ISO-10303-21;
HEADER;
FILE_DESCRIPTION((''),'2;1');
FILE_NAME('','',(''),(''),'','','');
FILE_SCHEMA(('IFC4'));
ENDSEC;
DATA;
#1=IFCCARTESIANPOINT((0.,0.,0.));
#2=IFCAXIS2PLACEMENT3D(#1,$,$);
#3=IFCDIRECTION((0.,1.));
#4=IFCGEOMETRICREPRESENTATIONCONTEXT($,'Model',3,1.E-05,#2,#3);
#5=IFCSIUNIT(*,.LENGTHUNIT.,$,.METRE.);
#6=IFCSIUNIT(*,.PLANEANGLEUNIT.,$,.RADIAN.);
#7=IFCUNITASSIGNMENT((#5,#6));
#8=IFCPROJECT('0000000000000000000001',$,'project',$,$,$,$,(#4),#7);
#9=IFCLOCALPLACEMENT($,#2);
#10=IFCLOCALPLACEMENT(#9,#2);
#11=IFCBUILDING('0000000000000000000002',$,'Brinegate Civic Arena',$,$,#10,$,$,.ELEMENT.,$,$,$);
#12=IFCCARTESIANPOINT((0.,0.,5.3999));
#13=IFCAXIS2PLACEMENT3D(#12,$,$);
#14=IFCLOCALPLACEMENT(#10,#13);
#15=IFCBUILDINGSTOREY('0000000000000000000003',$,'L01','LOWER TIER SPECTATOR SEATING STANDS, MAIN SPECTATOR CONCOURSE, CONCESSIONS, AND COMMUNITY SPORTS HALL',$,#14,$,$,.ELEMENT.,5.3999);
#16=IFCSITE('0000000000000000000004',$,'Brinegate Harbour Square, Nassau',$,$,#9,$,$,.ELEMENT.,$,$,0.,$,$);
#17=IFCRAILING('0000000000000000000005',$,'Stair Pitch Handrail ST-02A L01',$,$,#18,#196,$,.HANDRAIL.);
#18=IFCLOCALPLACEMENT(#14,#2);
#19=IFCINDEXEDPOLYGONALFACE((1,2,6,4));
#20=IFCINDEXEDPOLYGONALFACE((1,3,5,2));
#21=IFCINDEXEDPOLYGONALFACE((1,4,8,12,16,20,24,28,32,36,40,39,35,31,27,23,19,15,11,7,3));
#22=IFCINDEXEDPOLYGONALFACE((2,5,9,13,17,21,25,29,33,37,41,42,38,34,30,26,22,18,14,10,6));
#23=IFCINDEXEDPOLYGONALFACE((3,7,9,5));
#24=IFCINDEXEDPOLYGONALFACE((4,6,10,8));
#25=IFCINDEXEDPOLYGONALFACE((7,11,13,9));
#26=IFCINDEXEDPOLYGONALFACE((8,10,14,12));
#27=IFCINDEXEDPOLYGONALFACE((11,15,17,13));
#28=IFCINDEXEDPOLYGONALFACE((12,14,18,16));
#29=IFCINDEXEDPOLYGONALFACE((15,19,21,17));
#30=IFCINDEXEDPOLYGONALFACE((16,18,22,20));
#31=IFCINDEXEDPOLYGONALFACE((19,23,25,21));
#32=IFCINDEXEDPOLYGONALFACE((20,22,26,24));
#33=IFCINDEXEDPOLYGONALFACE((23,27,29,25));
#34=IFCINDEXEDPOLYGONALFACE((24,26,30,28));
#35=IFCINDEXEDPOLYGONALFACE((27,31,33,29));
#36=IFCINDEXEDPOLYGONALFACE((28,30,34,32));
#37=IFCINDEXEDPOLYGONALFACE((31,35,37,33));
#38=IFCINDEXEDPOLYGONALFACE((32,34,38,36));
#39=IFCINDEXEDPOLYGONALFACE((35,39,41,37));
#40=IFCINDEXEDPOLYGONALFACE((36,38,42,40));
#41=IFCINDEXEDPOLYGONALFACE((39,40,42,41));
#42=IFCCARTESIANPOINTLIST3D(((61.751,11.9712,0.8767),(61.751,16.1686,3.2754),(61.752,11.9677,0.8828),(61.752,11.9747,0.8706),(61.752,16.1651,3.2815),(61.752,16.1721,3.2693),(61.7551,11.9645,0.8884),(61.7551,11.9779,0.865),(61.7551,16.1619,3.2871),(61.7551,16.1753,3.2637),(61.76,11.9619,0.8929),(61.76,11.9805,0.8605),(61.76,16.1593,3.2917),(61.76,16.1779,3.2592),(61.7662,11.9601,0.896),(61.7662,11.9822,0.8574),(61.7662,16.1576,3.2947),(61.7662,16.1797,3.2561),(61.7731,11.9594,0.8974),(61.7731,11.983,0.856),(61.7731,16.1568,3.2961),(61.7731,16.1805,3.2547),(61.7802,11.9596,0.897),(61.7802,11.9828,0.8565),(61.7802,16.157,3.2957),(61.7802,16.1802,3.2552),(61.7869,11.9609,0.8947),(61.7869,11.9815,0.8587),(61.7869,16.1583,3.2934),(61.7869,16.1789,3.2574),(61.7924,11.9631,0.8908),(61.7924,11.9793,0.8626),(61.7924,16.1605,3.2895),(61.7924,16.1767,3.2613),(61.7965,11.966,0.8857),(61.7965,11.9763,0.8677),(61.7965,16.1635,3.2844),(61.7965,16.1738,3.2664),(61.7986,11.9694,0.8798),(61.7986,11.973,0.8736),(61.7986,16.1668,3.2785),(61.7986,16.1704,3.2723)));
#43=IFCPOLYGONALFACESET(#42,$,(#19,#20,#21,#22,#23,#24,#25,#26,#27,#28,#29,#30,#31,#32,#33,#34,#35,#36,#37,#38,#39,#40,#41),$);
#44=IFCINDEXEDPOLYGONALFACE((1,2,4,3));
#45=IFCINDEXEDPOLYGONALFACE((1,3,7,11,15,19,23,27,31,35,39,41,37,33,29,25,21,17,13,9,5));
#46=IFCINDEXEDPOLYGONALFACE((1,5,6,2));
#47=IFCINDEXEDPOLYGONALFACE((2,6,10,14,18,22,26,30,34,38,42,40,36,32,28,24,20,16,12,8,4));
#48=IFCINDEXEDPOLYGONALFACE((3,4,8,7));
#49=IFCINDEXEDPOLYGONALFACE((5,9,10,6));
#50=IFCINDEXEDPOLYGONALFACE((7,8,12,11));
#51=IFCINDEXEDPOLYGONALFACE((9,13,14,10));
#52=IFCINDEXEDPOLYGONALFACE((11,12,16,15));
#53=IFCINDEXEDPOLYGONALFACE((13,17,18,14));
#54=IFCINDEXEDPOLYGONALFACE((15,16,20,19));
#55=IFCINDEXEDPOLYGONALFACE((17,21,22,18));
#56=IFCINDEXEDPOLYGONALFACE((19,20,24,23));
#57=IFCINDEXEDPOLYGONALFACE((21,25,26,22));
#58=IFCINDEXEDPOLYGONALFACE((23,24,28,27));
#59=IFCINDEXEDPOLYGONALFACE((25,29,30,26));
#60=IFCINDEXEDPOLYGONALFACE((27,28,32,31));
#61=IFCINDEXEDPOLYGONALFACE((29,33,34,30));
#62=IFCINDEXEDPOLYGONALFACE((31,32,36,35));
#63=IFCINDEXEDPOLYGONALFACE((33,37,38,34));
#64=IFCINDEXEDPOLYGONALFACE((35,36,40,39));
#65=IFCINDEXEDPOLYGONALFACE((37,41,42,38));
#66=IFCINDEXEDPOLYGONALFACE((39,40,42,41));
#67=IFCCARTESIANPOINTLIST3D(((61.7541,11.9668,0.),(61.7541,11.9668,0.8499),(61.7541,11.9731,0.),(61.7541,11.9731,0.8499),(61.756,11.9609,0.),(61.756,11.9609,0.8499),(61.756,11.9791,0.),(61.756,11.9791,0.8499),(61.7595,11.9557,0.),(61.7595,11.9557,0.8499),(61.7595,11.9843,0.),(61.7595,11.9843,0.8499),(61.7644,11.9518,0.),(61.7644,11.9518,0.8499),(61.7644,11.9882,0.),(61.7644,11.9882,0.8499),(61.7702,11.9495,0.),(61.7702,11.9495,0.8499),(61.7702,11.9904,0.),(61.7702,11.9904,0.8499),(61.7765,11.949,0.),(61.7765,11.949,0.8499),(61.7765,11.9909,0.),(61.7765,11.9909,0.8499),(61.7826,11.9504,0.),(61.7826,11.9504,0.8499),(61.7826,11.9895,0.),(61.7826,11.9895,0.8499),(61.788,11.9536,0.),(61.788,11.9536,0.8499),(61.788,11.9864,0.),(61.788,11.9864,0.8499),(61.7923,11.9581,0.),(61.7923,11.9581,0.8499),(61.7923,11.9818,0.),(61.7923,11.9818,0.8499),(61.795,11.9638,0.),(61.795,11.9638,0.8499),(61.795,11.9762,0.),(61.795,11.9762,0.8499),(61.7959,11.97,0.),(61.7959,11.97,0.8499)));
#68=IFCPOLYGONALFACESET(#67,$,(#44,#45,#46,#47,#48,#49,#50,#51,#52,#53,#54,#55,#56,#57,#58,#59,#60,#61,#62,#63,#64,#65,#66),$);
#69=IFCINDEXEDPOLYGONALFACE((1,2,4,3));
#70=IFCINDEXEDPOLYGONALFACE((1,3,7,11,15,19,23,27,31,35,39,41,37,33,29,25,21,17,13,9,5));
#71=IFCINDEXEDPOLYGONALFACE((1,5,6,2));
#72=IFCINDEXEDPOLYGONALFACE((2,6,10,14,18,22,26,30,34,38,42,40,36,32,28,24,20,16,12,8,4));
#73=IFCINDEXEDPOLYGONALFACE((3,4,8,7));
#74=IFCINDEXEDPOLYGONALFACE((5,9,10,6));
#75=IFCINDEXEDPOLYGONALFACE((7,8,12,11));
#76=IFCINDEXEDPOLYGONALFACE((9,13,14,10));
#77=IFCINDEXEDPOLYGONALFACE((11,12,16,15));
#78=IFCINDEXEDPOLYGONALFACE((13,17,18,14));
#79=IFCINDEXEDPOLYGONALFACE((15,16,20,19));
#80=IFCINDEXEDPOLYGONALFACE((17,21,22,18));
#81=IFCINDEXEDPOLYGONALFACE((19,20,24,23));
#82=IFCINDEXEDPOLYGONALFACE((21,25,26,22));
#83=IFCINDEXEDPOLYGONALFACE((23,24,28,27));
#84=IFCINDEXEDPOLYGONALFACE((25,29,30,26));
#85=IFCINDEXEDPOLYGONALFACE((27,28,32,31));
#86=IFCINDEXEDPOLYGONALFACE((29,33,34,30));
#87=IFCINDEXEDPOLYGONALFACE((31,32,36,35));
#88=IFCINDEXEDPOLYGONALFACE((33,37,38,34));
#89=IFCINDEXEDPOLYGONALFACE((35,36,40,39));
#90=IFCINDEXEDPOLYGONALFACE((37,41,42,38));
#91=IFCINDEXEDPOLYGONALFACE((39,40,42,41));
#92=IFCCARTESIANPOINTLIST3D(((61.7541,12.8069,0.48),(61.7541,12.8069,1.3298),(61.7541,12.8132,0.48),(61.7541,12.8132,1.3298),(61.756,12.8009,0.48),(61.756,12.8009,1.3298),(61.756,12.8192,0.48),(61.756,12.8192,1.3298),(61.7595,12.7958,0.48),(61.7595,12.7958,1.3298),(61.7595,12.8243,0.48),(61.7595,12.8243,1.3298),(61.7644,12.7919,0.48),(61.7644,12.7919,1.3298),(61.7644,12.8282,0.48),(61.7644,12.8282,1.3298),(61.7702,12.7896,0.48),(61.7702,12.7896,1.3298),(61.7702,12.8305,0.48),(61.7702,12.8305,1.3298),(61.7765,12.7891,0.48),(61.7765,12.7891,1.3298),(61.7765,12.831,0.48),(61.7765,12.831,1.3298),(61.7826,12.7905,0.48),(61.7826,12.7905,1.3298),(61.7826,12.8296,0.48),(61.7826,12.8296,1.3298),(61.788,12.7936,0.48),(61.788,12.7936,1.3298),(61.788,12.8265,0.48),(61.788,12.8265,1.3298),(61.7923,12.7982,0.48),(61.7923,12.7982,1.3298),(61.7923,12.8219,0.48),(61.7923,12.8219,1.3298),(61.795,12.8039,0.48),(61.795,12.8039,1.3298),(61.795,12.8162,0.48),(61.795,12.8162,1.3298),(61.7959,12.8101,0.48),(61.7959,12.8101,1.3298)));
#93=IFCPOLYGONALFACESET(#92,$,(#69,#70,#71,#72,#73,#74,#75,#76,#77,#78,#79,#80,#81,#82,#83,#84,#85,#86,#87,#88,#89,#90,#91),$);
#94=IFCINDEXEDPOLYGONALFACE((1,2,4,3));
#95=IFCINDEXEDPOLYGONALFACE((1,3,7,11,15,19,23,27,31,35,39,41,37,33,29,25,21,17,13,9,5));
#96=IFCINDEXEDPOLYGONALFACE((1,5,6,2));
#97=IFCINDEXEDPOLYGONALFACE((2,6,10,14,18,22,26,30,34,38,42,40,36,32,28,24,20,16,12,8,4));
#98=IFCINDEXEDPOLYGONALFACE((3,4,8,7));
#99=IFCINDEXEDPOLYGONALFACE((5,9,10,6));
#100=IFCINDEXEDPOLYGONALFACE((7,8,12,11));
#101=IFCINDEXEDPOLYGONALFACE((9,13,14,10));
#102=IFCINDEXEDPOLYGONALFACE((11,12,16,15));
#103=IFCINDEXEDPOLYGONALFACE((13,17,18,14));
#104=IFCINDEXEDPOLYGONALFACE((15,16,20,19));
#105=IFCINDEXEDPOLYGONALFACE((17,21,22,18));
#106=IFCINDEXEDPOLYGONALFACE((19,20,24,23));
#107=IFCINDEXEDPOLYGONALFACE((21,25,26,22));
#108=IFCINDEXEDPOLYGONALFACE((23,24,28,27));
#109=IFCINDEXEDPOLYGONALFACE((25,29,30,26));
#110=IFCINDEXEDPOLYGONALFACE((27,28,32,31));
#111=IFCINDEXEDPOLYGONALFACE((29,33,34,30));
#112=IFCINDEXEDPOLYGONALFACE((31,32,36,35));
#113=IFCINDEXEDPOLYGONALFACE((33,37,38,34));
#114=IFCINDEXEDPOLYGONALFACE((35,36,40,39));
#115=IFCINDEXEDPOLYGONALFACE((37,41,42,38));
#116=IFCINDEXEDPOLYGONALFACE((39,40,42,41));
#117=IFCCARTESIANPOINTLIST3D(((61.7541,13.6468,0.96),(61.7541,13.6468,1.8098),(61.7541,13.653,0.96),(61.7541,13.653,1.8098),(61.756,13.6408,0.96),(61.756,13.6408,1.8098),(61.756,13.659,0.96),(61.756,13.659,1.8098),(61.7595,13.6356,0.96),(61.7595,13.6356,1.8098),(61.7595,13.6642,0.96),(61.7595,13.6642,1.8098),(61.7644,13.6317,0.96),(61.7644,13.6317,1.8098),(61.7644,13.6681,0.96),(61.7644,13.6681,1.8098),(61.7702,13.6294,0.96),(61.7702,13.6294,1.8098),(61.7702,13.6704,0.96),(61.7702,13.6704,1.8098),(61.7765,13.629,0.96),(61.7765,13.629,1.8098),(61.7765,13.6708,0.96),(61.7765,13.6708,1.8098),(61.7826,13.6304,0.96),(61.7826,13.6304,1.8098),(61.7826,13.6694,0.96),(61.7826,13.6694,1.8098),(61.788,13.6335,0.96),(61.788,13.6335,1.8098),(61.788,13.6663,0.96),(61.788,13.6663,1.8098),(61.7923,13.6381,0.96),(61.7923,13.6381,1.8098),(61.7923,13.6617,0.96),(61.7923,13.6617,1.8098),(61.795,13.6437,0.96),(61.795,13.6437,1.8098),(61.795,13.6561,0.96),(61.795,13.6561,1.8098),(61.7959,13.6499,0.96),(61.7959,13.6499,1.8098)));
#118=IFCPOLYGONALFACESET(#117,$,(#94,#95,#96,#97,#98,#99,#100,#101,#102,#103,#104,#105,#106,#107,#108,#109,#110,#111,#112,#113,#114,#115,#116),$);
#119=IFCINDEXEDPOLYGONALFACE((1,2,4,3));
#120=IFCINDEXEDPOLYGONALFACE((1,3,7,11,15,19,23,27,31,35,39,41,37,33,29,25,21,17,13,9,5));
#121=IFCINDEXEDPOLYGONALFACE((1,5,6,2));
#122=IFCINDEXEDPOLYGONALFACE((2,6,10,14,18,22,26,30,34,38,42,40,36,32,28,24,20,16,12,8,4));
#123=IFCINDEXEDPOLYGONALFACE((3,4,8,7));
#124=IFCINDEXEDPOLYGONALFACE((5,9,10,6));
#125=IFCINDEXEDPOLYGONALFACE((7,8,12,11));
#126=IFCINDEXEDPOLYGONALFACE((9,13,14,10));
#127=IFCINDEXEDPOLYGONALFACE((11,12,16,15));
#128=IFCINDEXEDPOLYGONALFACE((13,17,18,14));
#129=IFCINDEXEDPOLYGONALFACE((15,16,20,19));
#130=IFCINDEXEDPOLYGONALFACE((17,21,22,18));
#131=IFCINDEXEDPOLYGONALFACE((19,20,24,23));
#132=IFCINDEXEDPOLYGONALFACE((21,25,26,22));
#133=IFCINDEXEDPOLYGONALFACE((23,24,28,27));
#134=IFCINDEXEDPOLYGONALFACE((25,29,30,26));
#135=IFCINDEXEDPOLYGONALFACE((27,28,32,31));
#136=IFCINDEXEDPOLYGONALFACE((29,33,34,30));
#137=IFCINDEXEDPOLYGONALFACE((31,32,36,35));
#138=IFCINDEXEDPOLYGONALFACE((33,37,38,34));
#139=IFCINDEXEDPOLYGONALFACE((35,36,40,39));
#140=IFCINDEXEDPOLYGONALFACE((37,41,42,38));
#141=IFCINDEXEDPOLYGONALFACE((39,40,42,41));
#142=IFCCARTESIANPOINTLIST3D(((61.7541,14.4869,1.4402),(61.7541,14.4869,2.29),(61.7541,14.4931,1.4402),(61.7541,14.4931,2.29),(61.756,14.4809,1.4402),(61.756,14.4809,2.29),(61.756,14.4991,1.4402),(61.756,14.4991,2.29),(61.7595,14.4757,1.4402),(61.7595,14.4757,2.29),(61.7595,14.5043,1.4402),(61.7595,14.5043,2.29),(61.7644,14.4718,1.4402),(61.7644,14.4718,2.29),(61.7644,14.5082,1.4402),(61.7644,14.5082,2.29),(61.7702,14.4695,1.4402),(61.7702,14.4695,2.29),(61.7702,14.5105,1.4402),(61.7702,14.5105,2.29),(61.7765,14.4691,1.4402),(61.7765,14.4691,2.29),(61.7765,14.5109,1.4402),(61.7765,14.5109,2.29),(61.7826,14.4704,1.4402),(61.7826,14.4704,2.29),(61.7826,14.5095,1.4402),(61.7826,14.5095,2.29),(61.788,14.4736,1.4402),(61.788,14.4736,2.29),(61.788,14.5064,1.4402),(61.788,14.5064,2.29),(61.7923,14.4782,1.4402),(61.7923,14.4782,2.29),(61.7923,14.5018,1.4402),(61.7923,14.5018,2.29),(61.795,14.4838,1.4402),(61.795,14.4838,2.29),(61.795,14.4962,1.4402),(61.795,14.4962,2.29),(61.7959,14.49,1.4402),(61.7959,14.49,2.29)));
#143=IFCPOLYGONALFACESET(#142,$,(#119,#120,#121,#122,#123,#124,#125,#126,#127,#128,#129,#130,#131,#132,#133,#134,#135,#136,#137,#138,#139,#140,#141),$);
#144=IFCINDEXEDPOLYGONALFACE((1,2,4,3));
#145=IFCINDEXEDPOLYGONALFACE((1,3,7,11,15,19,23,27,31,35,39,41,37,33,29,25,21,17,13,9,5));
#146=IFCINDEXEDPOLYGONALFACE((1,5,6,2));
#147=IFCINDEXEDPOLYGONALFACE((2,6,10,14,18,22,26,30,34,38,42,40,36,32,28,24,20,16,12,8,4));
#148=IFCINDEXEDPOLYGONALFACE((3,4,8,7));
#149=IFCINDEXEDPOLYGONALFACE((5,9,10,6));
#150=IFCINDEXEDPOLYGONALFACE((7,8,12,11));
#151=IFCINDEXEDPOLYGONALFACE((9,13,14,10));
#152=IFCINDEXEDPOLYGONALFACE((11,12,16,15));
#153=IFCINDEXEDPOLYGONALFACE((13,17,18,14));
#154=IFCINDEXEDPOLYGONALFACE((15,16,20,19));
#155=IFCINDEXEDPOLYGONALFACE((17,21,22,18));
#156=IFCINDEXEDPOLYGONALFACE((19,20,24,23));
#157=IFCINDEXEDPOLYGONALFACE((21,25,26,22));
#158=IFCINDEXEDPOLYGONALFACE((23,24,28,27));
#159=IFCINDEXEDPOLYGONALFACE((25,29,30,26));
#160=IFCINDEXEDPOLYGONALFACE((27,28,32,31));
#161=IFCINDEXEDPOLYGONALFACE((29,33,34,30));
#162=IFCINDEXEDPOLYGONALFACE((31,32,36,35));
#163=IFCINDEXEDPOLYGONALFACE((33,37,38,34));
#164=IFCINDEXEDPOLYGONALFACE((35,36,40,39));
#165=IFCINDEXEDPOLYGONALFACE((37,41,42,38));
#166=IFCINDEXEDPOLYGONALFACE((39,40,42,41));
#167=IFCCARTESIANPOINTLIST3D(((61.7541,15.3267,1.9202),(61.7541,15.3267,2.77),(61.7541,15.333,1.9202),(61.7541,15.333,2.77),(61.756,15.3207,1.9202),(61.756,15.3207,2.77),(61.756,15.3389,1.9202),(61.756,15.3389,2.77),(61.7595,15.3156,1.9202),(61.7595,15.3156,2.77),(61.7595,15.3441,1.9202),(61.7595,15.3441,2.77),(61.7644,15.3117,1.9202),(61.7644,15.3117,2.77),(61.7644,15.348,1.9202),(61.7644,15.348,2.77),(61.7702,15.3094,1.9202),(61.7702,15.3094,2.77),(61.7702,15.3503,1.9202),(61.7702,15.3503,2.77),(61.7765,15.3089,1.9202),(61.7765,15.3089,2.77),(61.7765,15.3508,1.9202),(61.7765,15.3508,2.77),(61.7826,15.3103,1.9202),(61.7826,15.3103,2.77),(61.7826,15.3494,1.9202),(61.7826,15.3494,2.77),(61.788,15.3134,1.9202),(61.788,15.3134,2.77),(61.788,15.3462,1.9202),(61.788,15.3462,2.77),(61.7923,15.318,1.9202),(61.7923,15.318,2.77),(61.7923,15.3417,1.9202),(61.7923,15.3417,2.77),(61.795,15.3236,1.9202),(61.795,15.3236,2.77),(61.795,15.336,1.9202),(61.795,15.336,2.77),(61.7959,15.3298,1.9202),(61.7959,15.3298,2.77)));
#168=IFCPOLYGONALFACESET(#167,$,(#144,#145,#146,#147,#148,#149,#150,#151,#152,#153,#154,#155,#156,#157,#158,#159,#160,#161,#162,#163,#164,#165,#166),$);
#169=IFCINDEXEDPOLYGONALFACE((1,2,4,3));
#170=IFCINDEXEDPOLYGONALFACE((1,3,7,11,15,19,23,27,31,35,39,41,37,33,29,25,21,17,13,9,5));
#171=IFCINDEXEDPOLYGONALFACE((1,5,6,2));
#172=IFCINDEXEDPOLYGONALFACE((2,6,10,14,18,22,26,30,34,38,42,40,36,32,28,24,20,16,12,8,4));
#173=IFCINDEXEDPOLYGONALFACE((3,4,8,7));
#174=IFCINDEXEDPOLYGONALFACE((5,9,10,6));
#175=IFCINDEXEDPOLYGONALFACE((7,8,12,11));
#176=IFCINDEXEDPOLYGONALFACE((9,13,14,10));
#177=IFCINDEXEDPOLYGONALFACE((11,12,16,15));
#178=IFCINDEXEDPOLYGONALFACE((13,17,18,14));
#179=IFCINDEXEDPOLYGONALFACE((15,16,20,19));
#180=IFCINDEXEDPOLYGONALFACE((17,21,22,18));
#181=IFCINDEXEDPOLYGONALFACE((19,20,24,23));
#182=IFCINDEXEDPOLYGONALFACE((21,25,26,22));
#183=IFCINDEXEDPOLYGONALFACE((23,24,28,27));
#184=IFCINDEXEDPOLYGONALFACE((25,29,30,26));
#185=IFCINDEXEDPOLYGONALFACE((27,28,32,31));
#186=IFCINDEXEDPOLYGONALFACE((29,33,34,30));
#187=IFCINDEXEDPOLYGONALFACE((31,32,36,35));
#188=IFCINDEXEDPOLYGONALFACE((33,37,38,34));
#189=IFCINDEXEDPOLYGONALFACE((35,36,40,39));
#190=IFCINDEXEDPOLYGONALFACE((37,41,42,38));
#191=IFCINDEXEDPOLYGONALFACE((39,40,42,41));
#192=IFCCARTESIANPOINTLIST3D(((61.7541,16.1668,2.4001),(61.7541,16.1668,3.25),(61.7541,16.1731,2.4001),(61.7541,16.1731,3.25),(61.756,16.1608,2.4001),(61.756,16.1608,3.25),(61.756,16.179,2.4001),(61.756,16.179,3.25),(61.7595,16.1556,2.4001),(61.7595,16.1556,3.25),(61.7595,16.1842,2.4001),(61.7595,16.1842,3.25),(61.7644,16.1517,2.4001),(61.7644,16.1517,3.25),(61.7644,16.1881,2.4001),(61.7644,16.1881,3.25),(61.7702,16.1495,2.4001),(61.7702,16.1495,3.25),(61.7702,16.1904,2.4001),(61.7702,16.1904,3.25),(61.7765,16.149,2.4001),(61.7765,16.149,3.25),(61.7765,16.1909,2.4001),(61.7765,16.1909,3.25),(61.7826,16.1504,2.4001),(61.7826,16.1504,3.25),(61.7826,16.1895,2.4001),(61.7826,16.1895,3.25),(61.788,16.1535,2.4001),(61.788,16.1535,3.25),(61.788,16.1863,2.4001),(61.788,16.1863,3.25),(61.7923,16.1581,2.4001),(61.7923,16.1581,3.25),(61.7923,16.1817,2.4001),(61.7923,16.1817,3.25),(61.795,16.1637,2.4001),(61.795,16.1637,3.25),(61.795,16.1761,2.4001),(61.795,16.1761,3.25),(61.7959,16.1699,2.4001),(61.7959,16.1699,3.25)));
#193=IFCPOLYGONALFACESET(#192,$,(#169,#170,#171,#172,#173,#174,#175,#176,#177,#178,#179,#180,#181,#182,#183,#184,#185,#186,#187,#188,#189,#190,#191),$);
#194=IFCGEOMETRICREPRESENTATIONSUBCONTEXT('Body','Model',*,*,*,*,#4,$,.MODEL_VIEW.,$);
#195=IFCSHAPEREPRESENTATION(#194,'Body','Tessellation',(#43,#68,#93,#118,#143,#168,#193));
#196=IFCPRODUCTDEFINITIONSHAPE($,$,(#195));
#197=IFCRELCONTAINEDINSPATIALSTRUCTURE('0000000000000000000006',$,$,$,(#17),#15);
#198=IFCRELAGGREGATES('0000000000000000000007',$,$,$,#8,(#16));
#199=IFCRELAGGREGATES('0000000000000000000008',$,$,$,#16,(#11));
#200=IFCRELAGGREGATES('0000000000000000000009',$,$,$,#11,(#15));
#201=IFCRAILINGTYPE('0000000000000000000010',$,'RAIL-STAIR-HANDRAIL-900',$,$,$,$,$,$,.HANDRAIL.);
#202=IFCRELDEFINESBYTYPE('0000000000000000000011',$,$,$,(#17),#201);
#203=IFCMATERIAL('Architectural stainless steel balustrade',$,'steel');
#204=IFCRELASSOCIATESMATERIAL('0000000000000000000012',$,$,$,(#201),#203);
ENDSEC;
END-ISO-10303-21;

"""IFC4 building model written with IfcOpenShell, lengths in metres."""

from ifc_helpers import new_model, si_unit, direction, frame, origin, origin_2d, place, context, subcontext, project, spatial, circle, extrude, material, type_object, element, save


model = new_model("IFC4")

# Units and contexts
model_context = context("Model", 3, precision=1e-05, world=origin(), true_north=direction((0.0, 1.0)))
body_context = subcontext(model_context, "Body", "Model", "MODEL_VIEW")
ifc_project = project(units=[si_unit("LENGTHUNIT", "METRE"), si_unit("PLANEANGLEUNIT", "RADIAN")], contexts=[model_context])

# Site, building, storey
site_placement = place(None, origin())
site = spatial("IfcSite", under=ifc_project, at=site_placement, Name="Brinegate Harbour Square, Nassau", CompositionType="ELEMENT", RefElevation=0.0)
building_placement = place(site_placement, origin())
building = spatial("IfcBuilding", under=site, at=building_placement, Name="Brinegate Civic Arena", CompositionType="ELEMENT")
storey_placement = place(building_placement, frame((0.0, 0.0, 5.3999)))
storey = spatial("IfcBuildingStorey", under=building, at=storey_placement, Name="L01", Description="LOWER TIER SPECTATOR SEATING STANDS, MAIN SPECTATOR CONCOURSE, CONCESSIONS, AND COMMUNITY SPORTS HALL", CompositionType="ELEMENT", Elevation=5.3999)

# Railing
ifc_material_1 = material(Name="Architectural stainless steel balustrade", Category="steel")
railing_type_1 = type_object("IfcRailingType", Name="RAIL-STAIR-HANDRAIL-900", PredefinedType="HANDRAIL", material=ifc_material_1)
for number, where, name in (
    (1, (61.7749, 11.97, 0.0), "Stair Pitch Handrail ST-02A L01"),
):
    element("IfcRailing", number, at=place(storey_placement, frame(where)), inside=storey, type_object=railing_type_1, Name=name, PredefinedType="HANDRAIL", context=body_context, shape_type="SweptSolid", body=[
        extrude(circle(Radius=0.0239, at=origin_2d()), frame((0.0, 0.0012, 0.8767), z_axis=(0.0, 0.868228, 0.496166), x_axis=(-1.0, 0.0, 0.0)), (0.0, 0.0, 1.0), 4.8345),
        extrude(circle(Radius=0.021, at=origin_2d()), origin(), (0.0, 0.0, 1.0), 0.8499),
        extrude(circle(Radius=0.021, at=origin_2d()), frame((0.0, 0.8401, 0.48)), (0.0, 0.0, 1.0), 0.8499),
        extrude(circle(Radius=0.021, at=origin_2d()), frame((0.0, 1.6799, 0.96)), (0.0, 0.0, 1.0), 0.8499),
        extrude(circle(Radius=0.021, at=origin_2d()), frame((0.0, 2.52, 1.4402)), (0.0, 0.0, 1.0), 0.8499),
        extrude(circle(Radius=0.021, at=origin_2d()), frame((0.0, 3.3599, 1.9202)), (0.0, 0.0, 1.0), 0.8499),
        extrude(circle(Radius=0.021, at=origin_2d()), frame((0.0, 4.2, 2.4001)), (0.0, 0.0, 1.0), 0.8499),
    ])

save(model, "model.ifc")
